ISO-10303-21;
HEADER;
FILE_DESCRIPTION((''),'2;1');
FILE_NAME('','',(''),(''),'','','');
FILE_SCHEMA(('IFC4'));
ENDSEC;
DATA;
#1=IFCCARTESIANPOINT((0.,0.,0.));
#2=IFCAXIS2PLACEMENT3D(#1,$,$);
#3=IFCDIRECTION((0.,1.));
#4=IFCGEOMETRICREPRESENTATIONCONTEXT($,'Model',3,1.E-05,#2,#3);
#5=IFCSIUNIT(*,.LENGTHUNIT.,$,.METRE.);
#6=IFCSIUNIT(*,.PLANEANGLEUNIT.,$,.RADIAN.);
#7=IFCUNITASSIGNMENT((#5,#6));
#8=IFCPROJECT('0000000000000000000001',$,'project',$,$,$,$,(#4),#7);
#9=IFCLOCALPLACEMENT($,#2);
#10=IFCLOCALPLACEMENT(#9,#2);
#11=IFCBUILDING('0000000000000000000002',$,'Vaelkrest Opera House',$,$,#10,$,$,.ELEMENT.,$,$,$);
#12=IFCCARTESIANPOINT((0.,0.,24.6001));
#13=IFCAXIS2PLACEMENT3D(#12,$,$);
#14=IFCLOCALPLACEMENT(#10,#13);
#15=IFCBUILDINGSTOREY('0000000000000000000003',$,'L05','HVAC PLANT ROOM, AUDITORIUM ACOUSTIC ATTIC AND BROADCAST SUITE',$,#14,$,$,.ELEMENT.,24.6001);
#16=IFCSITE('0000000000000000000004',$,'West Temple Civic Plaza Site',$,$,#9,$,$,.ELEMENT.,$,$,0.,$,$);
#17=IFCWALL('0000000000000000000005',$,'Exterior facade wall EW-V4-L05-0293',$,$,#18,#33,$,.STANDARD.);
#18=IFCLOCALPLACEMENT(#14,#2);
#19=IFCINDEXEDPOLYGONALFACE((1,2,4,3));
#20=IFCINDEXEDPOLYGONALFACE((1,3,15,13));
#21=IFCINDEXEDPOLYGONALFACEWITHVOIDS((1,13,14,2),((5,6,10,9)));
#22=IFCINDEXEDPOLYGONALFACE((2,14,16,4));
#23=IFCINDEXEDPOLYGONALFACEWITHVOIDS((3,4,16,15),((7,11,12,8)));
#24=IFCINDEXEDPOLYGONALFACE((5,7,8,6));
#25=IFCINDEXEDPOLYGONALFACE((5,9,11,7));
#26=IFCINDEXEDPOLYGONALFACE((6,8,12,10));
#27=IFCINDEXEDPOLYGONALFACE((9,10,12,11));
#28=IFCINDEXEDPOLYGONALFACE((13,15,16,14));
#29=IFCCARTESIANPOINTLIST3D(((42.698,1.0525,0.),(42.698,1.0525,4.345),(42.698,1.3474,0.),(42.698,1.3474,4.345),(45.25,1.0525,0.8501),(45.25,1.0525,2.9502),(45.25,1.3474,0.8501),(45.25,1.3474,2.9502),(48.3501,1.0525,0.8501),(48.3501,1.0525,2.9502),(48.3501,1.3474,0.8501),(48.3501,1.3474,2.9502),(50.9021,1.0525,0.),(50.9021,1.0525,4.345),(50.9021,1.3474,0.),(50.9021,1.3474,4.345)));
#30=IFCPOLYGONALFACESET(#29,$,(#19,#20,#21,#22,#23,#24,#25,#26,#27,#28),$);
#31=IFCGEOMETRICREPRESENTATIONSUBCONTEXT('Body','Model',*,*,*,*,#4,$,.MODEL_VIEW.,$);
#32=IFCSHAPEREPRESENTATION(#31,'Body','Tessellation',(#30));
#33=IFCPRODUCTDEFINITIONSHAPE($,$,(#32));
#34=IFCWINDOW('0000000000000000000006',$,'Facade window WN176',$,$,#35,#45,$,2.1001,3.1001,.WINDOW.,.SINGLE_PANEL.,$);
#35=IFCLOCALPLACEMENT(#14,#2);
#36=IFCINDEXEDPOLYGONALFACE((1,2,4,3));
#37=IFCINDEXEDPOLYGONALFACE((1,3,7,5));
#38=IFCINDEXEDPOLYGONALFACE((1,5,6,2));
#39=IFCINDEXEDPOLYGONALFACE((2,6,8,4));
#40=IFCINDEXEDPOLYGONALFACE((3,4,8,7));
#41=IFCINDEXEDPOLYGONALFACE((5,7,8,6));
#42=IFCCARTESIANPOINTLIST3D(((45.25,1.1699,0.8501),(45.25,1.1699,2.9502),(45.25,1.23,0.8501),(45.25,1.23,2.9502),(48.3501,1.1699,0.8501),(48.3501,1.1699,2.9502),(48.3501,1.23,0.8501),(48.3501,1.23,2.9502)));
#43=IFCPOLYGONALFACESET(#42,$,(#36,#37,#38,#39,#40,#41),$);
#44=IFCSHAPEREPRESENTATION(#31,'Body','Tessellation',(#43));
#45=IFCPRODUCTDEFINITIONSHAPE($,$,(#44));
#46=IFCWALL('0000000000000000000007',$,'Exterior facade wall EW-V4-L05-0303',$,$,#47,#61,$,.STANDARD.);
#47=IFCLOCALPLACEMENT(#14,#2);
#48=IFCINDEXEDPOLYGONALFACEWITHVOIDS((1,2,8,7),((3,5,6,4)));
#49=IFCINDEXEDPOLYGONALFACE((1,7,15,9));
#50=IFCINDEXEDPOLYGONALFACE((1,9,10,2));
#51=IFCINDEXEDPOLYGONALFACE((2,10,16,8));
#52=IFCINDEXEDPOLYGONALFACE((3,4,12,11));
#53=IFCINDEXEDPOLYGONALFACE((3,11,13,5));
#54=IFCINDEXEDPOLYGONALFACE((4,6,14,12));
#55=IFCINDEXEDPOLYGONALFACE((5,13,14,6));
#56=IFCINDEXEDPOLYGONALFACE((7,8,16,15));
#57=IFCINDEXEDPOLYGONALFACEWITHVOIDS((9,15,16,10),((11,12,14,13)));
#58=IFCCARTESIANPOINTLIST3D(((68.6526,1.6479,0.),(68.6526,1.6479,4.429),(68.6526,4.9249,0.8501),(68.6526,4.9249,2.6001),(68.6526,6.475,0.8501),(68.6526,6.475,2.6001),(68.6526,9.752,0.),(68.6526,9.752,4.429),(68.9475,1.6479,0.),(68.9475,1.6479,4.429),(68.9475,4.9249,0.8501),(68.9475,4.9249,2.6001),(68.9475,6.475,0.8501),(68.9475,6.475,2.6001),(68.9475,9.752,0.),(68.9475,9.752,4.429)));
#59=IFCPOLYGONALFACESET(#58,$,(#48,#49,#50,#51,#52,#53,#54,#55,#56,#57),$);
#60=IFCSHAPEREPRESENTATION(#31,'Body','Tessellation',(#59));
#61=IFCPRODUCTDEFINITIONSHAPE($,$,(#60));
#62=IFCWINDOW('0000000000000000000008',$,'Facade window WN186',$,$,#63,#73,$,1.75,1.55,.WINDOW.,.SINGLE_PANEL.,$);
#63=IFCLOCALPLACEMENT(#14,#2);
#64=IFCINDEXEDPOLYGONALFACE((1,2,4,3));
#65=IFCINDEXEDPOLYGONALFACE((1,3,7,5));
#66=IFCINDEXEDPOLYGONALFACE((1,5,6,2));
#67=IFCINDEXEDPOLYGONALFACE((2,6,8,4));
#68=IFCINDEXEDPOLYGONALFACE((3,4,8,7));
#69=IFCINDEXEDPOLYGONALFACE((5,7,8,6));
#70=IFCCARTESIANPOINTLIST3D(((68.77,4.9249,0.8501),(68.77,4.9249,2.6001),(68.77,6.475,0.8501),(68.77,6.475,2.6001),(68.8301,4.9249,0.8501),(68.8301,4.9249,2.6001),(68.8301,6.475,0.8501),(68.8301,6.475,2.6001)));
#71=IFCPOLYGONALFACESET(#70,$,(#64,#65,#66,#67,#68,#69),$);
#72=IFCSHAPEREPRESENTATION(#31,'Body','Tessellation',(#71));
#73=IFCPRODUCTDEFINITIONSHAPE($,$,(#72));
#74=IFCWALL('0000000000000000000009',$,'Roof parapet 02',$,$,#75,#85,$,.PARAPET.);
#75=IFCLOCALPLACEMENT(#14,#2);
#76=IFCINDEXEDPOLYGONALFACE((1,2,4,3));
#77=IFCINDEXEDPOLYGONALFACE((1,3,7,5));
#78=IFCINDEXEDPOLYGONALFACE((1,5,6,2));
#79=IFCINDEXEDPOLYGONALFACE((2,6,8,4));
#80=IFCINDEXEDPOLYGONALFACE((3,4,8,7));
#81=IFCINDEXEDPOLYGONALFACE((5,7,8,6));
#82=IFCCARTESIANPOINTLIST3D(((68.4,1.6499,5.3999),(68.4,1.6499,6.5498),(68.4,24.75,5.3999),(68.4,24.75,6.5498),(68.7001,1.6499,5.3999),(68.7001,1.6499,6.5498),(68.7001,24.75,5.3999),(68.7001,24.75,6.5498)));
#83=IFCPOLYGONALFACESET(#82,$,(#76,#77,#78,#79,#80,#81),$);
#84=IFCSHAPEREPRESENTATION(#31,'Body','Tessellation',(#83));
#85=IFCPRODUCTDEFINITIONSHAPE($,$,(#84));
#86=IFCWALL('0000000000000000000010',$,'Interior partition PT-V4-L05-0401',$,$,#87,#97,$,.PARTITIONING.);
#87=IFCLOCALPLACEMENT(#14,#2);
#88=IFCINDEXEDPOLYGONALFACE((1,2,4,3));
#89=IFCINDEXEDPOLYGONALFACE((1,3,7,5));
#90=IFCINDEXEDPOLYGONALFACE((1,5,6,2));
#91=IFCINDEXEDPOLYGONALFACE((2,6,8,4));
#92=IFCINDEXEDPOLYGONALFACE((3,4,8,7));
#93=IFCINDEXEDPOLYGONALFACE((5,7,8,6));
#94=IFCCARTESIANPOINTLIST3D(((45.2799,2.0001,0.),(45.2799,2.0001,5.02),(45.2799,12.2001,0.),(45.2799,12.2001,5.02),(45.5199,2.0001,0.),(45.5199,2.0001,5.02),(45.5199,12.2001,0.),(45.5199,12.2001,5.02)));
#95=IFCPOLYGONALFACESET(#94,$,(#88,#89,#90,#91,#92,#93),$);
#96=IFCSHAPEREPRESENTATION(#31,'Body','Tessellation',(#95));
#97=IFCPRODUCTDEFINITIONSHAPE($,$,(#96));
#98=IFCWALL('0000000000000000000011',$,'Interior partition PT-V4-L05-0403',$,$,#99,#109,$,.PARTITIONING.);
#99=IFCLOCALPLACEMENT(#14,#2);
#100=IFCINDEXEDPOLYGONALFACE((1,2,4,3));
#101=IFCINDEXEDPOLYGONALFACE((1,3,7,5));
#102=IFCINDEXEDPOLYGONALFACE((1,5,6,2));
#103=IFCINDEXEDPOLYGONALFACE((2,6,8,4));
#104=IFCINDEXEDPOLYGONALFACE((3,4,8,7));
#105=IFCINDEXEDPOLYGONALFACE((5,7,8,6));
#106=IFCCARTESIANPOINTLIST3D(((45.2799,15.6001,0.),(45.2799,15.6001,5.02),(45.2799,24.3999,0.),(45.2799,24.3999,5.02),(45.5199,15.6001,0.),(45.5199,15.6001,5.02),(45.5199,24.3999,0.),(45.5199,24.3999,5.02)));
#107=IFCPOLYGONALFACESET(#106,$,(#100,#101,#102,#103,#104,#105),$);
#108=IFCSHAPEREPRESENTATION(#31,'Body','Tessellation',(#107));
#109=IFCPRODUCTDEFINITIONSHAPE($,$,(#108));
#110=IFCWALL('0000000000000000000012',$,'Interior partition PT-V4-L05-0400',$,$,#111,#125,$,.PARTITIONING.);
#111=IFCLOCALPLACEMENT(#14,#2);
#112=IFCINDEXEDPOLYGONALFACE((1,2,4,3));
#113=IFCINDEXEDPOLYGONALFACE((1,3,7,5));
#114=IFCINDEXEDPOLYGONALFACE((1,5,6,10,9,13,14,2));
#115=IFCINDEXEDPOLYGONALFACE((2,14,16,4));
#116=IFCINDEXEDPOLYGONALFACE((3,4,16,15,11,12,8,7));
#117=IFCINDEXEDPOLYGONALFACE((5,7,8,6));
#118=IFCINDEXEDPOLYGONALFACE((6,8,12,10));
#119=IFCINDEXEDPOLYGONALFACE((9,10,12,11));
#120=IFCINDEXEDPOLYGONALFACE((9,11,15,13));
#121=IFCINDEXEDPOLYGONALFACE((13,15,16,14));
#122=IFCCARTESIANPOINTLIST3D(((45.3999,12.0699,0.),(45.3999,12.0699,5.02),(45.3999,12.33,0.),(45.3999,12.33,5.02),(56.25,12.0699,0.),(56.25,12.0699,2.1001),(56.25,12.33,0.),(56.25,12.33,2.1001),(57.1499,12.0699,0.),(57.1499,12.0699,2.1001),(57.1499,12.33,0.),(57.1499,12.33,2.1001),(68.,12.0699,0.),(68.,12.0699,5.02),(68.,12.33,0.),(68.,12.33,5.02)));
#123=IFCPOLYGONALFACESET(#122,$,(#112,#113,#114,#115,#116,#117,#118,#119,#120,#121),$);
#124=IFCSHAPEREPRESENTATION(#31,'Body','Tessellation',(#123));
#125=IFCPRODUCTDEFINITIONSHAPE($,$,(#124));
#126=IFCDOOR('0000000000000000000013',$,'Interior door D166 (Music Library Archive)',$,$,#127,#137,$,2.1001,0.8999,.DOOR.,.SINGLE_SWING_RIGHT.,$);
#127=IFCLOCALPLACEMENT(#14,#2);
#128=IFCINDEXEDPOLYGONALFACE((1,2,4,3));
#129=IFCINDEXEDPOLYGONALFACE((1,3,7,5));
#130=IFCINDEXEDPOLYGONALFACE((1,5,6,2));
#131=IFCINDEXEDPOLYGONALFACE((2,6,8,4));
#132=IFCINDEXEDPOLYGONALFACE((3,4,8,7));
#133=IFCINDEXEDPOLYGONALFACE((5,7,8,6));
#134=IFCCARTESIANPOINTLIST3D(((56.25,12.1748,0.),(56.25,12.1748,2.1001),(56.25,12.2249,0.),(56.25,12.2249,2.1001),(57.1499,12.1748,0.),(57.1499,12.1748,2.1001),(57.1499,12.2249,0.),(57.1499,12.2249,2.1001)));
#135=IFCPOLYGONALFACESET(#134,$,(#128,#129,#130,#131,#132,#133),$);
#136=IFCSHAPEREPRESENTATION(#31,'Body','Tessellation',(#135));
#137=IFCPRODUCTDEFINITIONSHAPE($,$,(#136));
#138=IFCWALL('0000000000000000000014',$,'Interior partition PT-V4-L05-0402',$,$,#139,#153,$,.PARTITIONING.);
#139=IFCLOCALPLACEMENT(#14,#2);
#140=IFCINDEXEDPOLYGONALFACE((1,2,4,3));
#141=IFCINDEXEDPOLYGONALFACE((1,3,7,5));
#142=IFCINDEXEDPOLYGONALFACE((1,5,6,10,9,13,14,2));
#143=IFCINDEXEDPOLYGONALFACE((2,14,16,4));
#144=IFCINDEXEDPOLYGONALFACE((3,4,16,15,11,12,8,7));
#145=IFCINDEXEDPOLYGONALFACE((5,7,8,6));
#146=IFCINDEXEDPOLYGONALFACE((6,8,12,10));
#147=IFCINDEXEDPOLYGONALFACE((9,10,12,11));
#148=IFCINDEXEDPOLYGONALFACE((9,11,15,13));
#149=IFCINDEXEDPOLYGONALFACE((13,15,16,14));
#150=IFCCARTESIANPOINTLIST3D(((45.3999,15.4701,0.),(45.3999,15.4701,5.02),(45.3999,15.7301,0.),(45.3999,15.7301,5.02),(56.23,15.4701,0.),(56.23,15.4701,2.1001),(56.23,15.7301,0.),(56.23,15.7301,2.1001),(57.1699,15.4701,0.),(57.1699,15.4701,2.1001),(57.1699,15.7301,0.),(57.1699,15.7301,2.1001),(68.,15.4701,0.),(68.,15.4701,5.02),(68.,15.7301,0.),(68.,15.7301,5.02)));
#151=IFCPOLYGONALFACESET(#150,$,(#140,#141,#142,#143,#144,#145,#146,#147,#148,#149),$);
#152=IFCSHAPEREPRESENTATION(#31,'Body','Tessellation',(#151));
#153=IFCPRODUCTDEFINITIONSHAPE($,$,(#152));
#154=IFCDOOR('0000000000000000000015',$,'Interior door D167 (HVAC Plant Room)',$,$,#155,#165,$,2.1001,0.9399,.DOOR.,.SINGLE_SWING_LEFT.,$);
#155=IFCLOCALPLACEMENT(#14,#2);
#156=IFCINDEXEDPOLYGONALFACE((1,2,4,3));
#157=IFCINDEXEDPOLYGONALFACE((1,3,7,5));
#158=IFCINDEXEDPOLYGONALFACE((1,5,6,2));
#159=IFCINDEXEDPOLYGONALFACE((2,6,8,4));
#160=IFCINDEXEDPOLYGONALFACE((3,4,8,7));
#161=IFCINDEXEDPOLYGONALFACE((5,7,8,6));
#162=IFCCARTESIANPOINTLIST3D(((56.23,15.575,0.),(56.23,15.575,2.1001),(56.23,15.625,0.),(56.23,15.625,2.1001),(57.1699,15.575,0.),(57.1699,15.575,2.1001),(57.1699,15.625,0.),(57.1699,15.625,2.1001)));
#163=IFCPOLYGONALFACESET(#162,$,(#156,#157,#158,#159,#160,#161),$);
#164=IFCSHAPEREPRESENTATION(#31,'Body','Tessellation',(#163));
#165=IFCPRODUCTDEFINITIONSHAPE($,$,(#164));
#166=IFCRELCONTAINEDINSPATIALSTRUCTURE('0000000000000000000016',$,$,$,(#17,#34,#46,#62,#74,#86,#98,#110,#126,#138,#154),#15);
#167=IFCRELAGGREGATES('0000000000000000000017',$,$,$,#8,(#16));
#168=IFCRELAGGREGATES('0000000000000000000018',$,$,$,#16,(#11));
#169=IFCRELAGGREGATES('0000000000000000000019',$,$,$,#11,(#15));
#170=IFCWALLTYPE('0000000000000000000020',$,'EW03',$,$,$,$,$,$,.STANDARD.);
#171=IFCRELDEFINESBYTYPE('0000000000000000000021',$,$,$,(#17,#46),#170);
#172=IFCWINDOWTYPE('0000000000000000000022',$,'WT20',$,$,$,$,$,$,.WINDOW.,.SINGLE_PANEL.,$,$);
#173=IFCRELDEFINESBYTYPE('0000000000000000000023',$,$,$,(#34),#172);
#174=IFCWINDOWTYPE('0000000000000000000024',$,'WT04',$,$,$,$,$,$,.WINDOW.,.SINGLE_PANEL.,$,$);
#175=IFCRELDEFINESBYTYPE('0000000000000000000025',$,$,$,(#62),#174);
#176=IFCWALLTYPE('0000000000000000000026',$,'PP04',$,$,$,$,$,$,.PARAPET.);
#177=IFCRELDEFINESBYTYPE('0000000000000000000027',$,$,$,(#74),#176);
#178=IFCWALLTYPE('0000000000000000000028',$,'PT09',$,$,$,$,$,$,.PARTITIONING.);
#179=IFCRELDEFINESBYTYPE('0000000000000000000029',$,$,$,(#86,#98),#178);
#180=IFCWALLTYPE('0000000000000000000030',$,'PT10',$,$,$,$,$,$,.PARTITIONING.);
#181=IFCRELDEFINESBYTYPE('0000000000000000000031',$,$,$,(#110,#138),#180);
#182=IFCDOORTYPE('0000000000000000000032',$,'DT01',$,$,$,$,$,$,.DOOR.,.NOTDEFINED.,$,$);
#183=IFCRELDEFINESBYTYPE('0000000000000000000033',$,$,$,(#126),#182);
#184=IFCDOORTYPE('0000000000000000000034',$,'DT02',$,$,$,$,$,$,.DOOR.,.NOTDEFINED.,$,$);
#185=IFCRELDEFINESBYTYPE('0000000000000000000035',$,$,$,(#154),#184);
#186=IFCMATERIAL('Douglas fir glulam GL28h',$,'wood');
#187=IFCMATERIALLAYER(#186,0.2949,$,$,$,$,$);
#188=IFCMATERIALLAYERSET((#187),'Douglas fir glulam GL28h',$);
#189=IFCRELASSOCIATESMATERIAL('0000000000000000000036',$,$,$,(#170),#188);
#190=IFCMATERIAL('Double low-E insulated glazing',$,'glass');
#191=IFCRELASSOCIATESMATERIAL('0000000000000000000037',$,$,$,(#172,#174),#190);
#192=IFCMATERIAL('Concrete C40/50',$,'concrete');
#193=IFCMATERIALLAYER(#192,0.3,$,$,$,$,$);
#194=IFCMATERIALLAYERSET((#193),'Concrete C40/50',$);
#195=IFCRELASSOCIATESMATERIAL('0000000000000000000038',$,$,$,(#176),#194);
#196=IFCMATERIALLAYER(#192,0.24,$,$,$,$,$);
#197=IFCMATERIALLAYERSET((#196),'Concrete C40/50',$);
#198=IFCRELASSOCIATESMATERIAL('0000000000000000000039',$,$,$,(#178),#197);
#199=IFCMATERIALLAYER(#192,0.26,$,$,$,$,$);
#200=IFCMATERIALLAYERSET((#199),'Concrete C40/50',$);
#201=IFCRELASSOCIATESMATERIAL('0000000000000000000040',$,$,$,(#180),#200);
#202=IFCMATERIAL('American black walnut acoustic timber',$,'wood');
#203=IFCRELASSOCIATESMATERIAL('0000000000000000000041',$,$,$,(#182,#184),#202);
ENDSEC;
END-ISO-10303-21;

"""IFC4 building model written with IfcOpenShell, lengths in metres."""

from ifc_helpers import new_model, si_unit, direction, frame, frame_2d, origin, place, context, subcontext, project, spatial, rectangle, extrude, material, layer, layer_set, type_object, element, fill, save


model = new_model("IFC4")

# Units and contexts
model_context = context("Model", 3, precision=1e-05, world=origin(), true_north=direction((0.0, 1.0)))
body_context = subcontext(model_context, "Body", "Model", "MODEL_VIEW")
ifc_project = project(units=[si_unit("LENGTHUNIT", "METRE"), si_unit("PLANEANGLEUNIT", "RADIAN")], contexts=[model_context])

# Site, building, storey
site_placement = place(None, origin())
site = spatial("IfcSite", under=ifc_project, at=site_placement, Name="West Temple Civic Plaza Site", CompositionType="ELEMENT", RefElevation=0.0)
building_placement = place(site_placement, origin())
building = spatial("IfcBuilding", under=site, at=building_placement, Name="Vaelkrest Opera House", CompositionType="ELEMENT")
storey_placement = place(building_placement, frame((0.0, 0.0, 24.6001)))
storey = spatial("IfcBuildingStorey", under=building, at=storey_placement, Name="L05", Description="HVAC PLANT ROOM, AUDITORIUM ACOUSTIC ATTIC AND BROADCAST SUITE", CompositionType="ELEMENT", Elevation=24.6001)

# Walls, openings, windows
ifc_material_1 = material(Name="Douglas fir glulam GL28h", Category="wood")
ifc_material_2 = material(Name="Double low-E insulated glazing", Category="glass")
ifc_layer_1 = layer(ifc_material_1, 0.2949)
ifc_layer_set_1 = layer_set([ifc_layer_1], Name="Douglas fir glulam GL28h")
wall_type_1 = type_object("IfcWallType", Name="EW03", PredefinedType="STANDARD", material=ifc_layer_set_1)
wall_1_placement = place(storey_placement, frame((50.9021, 1.2, 0.0), z_axis=(0.0, 0.0, 1.0), x_axis=(-1.0, 0.0, 0.0)))
wall_1 = element("IfcWall", 1, at=wall_1_placement, inside=storey, type_object=wall_type_1, Name="Exterior facade wall EW-V4-L05-0293", PredefinedType="STANDARD", context=body_context, shape_type="SweptSolid", body=[
    extrude(rectangle(XDim=8.2041, YDim=0.2949, at=frame_2d((4.1021, 0.0))), origin(), (0.0, 0.0, 1.0), 4.345),
])
opening_1_placement = place(wall_1_placement, frame((2.552, 0.0, 0.8501)))
opening_1 = element("IfcOpeningElement", 2, at=opening_1_placement, cuts=wall_1, PredefinedType="OPENING", context=body_context, shape_type="SweptSolid", body=[
    extrude(rectangle(XDim=3.1001, YDim=2.1001, at=frame_2d((1.55, 1.05))), frame((0.0, 0.1575, 0.0), z_axis=(0.0, -1.0, 0.0), x_axis=(1.0, 0.0, 0.0)), (0.0, 0.0, 1.0), 0.3149),
])
window_type_1 = type_object("IfcWindowType", Name="WT20", PartitioningType="SINGLE_PANEL", PredefinedType="WINDOW", material=ifc_material_2)
window_1_placement = place(opening_1_placement, origin())
window_1 = element("IfcWindow", 3, at=window_1_placement, inside=storey, type_object=window_type_1, Name="Facade window WN176", OverallHeight=2.1001, OverallWidth=3.1001, PartitioningType="SINGLE_PANEL", PredefinedType="WINDOW", context=body_context, shape_type="SweptSolid", body=[
    extrude(rectangle(XDim=3.1001, YDim=2.1001, at=frame_2d((1.55, 1.05))), frame((0.0, 0.03, 0.0), z_axis=(0.0, -1.0, 0.0), x_axis=(1.0, 0.0, 0.0)), (0.0, 0.0, 1.0), 0.0601),
])
fill(opening_1, window_1)
wall_2_placement = place(storey_placement, frame((68.8, 9.752, 0.0), z_axis=(0.0, 0.0, 1.0), x_axis=(0.0, -1.0, 0.0)))
wall_2 = element("IfcWall", 4, at=wall_2_placement, inside=storey, type_object=wall_type_1, Name="Exterior facade wall EW-V4-L05-0303", PredefinedType="STANDARD", context=body_context, shape_type="SweptSolid", body=[
    extrude(rectangle(XDim=8.104, YDim=0.2949, at=frame_2d((4.052, 0.0))), origin(), (0.0, 0.0, 1.0), 4.429),
])
opening_2_placement = place(wall_2_placement, frame((3.2771, 0.0, 0.8501)))
opening_2 = element("IfcOpeningElement", 5, at=opening_2_placement, cuts=wall_2, PredefinedType="OPENING", context=body_context, shape_type="SweptSolid", body=[
    extrude(rectangle(XDim=1.55, YDim=1.75, at=frame_2d((0.7749, 0.875))), frame((0.0, 0.1575, 0.0), z_axis=(0.0, -1.0, 0.0), x_axis=(1.0, 0.0, 0.0)), (0.0, 0.0, 1.0), 0.3149),
])
window_type_2 = type_object("IfcWindowType", Name="WT04", PartitioningType="SINGLE_PANEL", PredefinedType="WINDOW", material=ifc_material_2)
window_2_placement = place(opening_2_placement, origin())
window_2 = element("IfcWindow", 6, at=window_2_placement, inside=storey, type_object=window_type_2, Name="Facade window WN186", OverallHeight=1.75, OverallWidth=1.55, PartitioningType="SINGLE_PANEL", PredefinedType="WINDOW", context=body_context, shape_type="SweptSolid", body=[
    extrude(rectangle(XDim=1.55, YDim=1.75, at=frame_2d((0.7749, 0.875))), frame((0.0, 0.03, 0.0), z_axis=(0.0, -1.0, 0.0), x_axis=(1.0, 0.0, 0.0)), (0.0, 0.0, 1.0), 0.0601),
])
fill(opening_2, window_2)

# Walls
ifc_material_3 = material(Name="Concrete C40/50", Category="concrete")
ifc_layer_2 = layer(ifc_material_3, 0.3)
ifc_layer_set_2 = layer_set([ifc_layer_2], Name="Concrete C40/50")
wall_type_2 = type_object("IfcWallType", Name="PP04", PredefinedType="PARAPET", material=ifc_layer_set_2)
wall_3_placement = place(storey_placement, frame((68.55, 1.6499, 5.3999), z_axis=(0.0, 0.0, 1.0), x_axis=(0.0, 1.0, 0.0)))
element("IfcWall", 7, at=wall_3_placement, inside=storey, type_object=wall_type_2, Name="Roof parapet 02", PredefinedType="PARAPET", context=body_context, shape_type="SweptSolid", body=[
    extrude(rectangle(XDim=23.1001, YDim=0.3, at=frame_2d((11.55, 0.0))), origin(), (0.0, 0.0, 1.0), 1.1499),
])
ifc_layer_3 = layer(ifc_material_3, 0.24)
ifc_layer_set_3 = layer_set([ifc_layer_3], Name="Concrete C40/50")
wall_type_3 = type_object("IfcWallType", Name="PT09", PredefinedType="PARTITIONING", material=ifc_layer_set_3)
wall_4_placement = place(storey_placement, frame((45.3999, 2.0, 0.0), z_axis=(0.0, 0.0, 1.0), x_axis=(0.0, 1.0, 0.0)))
element("IfcWall", 8, at=wall_4_placement, inside=storey, type_object=wall_type_3, Name="Interior partition PT-V4-L05-0401", PredefinedType="PARTITIONING", context=body_context, shape_type="SweptSolid", body=[
    extrude(rectangle(XDim=10.2, YDim=0.24, at=frame_2d((5.1001, 0.0))), origin(), (0.0, 0.0, 1.0), 5.02),
])
wall_5_placement = place(storey_placement, frame((45.3999, 15.6001, 0.0), z_axis=(0.0, 0.0, 1.0), x_axis=(0.0, 1.0, 0.0)))
element("IfcWall", 9, at=wall_5_placement, inside=storey, type_object=wall_type_3, Name="Interior partition PT-V4-L05-0403", PredefinedType="PARTITIONING", context=body_context, shape_type="SweptSolid", body=[
    extrude(rectangle(XDim=8.7998, YDim=0.24, at=frame_2d((4.3999, 0.0))), origin(), (0.0, 0.0, 1.0), 5.02),
])

# Walls, openings, doors
ifc_layer_4 = layer(ifc_material_3, 0.26)
ifc_layer_set_4 = layer_set([ifc_layer_4], Name="Concrete C40/50")
wall_type_4 = type_object("IfcWallType", Name="PT10", PredefinedType="PARTITIONING", material=ifc_layer_set_4)
wall_6_placement = place(storey_placement, frame((45.3999, 12.2, 0.0), z_axis=(0.0, 0.0, 1.0), x_axis=(1.0, 0.0, 0.0)))
wall_6 = element("IfcWall", 10, at=wall_6_placement, inside=storey, type_object=wall_type_4, Name="Interior partition PT-V4-L05-0400", PredefinedType="PARTITIONING", context=body_context, shape_type="SweptSolid", body=[
    extrude(rectangle(XDim=22.6001, YDim=0.26, at=frame_2d((11.3, 0.0))), origin(), (0.0, 0.0, 1.0), 5.02),
])
opening_3_placement = place(wall_6_placement, frame((10.8501, 0.0, 0.0)))
opening_3 = element("IfcOpeningElement", 11, at=opening_3_placement, cuts=wall_6, PredefinedType="OPENING", context=body_context, shape_type="SweptSolid", body=[
    extrude(rectangle(XDim=0.8999, YDim=2.1001, at=frame_2d((0.45, 1.05))), frame((0.0, 0.1399, 0.0), z_axis=(0.0, -1.0, 0.0), x_axis=(1.0, 0.0, 0.0)), (0.0, 0.0, 1.0), 0.28),
])
ifc_material_4 = material(Name="American black walnut acoustic timber", Category="wood")
door_type_1 = type_object("IfcDoorType", Name="DT01", OperationType="NOTDEFINED", PredefinedType="DOOR", material=ifc_material_4)
door_1_placement = place(opening_3_placement, origin())
door_1 = element("IfcDoor", 12, at=door_1_placement, inside=storey, type_object=door_type_1, Name="Interior door D166 (Music Library Archive)", OperationType="SINGLE_SWING_RIGHT", OverallHeight=2.1001, OverallWidth=0.8999, PredefinedType="DOOR", context=body_context, shape_type="SweptSolid", body=[
    extrude(rectangle(XDim=0.8999, YDim=2.1001, at=frame_2d((0.45, 1.05))), frame((0.0, 0.0249, 0.0), z_axis=(0.0, -1.0, 0.0), x_axis=(1.0, 0.0, 0.0)), (0.0, 0.0, 1.0), 0.05),
])
fill(opening_3, door_1)
wall_7_placement = place(storey_placement, frame((45.3999, 15.6001, 0.0), z_axis=(0.0, 0.0, 1.0), x_axis=(1.0, 0.0, 0.0)))
wall_7 = element("IfcWall", 13, at=wall_7_placement, inside=storey, type_object=wall_type_4, Name="Interior partition PT-V4-L05-0402", PredefinedType="PARTITIONING", context=body_context, shape_type="SweptSolid", body=[
    extrude(rectangle(XDim=22.6001, YDim=0.26, at=frame_2d((11.3, 0.0))), origin(), (0.0, 0.0, 1.0), 5.02),
])
opening_4_placement = place(wall_7_placement, frame((10.8301, 0.0, 0.0)))
opening_4 = element("IfcOpeningElement", 14, at=opening_4_placement, cuts=wall_7, PredefinedType="OPENING", context=body_context, shape_type="SweptSolid", body=[
    extrude(rectangle(XDim=0.9399, YDim=2.1001, at=frame_2d((0.47, 1.05))), frame((0.0, 0.1399, 0.0), z_axis=(0.0, -1.0, 0.0), x_axis=(1.0, 0.0, 0.0)), (0.0, 0.0, 1.0), 0.28),
])
door_type_2 = type_object("IfcDoorType", Name="DT02", OperationType="NOTDEFINED", PredefinedType="DOOR", material=ifc_material_4)
door_2_placement = place(opening_4_placement, origin())
door_2 = element("IfcDoor", 15, at=door_2_placement, inside=storey, type_object=door_type_2, Name="Interior door D167 (HVAC Plant Room)", OperationType="SINGLE_SWING_LEFT", OverallHeight=2.1001, OverallWidth=0.9399, PredefinedType="DOOR", context=body_context, shape_type="SweptSolid", body=[
    extrude(rectangle(XDim=0.9399, YDim=2.1001, at=frame_2d((0.47, 1.05))), frame((0.0, 0.0249, 0.0), z_axis=(0.0, -1.0, 0.0), x_axis=(1.0, 0.0, 0.0)), (0.0, 0.0, 1.0), 0.05),
])
fill(opening_4, door_2)

save(model, "model.ifc")
